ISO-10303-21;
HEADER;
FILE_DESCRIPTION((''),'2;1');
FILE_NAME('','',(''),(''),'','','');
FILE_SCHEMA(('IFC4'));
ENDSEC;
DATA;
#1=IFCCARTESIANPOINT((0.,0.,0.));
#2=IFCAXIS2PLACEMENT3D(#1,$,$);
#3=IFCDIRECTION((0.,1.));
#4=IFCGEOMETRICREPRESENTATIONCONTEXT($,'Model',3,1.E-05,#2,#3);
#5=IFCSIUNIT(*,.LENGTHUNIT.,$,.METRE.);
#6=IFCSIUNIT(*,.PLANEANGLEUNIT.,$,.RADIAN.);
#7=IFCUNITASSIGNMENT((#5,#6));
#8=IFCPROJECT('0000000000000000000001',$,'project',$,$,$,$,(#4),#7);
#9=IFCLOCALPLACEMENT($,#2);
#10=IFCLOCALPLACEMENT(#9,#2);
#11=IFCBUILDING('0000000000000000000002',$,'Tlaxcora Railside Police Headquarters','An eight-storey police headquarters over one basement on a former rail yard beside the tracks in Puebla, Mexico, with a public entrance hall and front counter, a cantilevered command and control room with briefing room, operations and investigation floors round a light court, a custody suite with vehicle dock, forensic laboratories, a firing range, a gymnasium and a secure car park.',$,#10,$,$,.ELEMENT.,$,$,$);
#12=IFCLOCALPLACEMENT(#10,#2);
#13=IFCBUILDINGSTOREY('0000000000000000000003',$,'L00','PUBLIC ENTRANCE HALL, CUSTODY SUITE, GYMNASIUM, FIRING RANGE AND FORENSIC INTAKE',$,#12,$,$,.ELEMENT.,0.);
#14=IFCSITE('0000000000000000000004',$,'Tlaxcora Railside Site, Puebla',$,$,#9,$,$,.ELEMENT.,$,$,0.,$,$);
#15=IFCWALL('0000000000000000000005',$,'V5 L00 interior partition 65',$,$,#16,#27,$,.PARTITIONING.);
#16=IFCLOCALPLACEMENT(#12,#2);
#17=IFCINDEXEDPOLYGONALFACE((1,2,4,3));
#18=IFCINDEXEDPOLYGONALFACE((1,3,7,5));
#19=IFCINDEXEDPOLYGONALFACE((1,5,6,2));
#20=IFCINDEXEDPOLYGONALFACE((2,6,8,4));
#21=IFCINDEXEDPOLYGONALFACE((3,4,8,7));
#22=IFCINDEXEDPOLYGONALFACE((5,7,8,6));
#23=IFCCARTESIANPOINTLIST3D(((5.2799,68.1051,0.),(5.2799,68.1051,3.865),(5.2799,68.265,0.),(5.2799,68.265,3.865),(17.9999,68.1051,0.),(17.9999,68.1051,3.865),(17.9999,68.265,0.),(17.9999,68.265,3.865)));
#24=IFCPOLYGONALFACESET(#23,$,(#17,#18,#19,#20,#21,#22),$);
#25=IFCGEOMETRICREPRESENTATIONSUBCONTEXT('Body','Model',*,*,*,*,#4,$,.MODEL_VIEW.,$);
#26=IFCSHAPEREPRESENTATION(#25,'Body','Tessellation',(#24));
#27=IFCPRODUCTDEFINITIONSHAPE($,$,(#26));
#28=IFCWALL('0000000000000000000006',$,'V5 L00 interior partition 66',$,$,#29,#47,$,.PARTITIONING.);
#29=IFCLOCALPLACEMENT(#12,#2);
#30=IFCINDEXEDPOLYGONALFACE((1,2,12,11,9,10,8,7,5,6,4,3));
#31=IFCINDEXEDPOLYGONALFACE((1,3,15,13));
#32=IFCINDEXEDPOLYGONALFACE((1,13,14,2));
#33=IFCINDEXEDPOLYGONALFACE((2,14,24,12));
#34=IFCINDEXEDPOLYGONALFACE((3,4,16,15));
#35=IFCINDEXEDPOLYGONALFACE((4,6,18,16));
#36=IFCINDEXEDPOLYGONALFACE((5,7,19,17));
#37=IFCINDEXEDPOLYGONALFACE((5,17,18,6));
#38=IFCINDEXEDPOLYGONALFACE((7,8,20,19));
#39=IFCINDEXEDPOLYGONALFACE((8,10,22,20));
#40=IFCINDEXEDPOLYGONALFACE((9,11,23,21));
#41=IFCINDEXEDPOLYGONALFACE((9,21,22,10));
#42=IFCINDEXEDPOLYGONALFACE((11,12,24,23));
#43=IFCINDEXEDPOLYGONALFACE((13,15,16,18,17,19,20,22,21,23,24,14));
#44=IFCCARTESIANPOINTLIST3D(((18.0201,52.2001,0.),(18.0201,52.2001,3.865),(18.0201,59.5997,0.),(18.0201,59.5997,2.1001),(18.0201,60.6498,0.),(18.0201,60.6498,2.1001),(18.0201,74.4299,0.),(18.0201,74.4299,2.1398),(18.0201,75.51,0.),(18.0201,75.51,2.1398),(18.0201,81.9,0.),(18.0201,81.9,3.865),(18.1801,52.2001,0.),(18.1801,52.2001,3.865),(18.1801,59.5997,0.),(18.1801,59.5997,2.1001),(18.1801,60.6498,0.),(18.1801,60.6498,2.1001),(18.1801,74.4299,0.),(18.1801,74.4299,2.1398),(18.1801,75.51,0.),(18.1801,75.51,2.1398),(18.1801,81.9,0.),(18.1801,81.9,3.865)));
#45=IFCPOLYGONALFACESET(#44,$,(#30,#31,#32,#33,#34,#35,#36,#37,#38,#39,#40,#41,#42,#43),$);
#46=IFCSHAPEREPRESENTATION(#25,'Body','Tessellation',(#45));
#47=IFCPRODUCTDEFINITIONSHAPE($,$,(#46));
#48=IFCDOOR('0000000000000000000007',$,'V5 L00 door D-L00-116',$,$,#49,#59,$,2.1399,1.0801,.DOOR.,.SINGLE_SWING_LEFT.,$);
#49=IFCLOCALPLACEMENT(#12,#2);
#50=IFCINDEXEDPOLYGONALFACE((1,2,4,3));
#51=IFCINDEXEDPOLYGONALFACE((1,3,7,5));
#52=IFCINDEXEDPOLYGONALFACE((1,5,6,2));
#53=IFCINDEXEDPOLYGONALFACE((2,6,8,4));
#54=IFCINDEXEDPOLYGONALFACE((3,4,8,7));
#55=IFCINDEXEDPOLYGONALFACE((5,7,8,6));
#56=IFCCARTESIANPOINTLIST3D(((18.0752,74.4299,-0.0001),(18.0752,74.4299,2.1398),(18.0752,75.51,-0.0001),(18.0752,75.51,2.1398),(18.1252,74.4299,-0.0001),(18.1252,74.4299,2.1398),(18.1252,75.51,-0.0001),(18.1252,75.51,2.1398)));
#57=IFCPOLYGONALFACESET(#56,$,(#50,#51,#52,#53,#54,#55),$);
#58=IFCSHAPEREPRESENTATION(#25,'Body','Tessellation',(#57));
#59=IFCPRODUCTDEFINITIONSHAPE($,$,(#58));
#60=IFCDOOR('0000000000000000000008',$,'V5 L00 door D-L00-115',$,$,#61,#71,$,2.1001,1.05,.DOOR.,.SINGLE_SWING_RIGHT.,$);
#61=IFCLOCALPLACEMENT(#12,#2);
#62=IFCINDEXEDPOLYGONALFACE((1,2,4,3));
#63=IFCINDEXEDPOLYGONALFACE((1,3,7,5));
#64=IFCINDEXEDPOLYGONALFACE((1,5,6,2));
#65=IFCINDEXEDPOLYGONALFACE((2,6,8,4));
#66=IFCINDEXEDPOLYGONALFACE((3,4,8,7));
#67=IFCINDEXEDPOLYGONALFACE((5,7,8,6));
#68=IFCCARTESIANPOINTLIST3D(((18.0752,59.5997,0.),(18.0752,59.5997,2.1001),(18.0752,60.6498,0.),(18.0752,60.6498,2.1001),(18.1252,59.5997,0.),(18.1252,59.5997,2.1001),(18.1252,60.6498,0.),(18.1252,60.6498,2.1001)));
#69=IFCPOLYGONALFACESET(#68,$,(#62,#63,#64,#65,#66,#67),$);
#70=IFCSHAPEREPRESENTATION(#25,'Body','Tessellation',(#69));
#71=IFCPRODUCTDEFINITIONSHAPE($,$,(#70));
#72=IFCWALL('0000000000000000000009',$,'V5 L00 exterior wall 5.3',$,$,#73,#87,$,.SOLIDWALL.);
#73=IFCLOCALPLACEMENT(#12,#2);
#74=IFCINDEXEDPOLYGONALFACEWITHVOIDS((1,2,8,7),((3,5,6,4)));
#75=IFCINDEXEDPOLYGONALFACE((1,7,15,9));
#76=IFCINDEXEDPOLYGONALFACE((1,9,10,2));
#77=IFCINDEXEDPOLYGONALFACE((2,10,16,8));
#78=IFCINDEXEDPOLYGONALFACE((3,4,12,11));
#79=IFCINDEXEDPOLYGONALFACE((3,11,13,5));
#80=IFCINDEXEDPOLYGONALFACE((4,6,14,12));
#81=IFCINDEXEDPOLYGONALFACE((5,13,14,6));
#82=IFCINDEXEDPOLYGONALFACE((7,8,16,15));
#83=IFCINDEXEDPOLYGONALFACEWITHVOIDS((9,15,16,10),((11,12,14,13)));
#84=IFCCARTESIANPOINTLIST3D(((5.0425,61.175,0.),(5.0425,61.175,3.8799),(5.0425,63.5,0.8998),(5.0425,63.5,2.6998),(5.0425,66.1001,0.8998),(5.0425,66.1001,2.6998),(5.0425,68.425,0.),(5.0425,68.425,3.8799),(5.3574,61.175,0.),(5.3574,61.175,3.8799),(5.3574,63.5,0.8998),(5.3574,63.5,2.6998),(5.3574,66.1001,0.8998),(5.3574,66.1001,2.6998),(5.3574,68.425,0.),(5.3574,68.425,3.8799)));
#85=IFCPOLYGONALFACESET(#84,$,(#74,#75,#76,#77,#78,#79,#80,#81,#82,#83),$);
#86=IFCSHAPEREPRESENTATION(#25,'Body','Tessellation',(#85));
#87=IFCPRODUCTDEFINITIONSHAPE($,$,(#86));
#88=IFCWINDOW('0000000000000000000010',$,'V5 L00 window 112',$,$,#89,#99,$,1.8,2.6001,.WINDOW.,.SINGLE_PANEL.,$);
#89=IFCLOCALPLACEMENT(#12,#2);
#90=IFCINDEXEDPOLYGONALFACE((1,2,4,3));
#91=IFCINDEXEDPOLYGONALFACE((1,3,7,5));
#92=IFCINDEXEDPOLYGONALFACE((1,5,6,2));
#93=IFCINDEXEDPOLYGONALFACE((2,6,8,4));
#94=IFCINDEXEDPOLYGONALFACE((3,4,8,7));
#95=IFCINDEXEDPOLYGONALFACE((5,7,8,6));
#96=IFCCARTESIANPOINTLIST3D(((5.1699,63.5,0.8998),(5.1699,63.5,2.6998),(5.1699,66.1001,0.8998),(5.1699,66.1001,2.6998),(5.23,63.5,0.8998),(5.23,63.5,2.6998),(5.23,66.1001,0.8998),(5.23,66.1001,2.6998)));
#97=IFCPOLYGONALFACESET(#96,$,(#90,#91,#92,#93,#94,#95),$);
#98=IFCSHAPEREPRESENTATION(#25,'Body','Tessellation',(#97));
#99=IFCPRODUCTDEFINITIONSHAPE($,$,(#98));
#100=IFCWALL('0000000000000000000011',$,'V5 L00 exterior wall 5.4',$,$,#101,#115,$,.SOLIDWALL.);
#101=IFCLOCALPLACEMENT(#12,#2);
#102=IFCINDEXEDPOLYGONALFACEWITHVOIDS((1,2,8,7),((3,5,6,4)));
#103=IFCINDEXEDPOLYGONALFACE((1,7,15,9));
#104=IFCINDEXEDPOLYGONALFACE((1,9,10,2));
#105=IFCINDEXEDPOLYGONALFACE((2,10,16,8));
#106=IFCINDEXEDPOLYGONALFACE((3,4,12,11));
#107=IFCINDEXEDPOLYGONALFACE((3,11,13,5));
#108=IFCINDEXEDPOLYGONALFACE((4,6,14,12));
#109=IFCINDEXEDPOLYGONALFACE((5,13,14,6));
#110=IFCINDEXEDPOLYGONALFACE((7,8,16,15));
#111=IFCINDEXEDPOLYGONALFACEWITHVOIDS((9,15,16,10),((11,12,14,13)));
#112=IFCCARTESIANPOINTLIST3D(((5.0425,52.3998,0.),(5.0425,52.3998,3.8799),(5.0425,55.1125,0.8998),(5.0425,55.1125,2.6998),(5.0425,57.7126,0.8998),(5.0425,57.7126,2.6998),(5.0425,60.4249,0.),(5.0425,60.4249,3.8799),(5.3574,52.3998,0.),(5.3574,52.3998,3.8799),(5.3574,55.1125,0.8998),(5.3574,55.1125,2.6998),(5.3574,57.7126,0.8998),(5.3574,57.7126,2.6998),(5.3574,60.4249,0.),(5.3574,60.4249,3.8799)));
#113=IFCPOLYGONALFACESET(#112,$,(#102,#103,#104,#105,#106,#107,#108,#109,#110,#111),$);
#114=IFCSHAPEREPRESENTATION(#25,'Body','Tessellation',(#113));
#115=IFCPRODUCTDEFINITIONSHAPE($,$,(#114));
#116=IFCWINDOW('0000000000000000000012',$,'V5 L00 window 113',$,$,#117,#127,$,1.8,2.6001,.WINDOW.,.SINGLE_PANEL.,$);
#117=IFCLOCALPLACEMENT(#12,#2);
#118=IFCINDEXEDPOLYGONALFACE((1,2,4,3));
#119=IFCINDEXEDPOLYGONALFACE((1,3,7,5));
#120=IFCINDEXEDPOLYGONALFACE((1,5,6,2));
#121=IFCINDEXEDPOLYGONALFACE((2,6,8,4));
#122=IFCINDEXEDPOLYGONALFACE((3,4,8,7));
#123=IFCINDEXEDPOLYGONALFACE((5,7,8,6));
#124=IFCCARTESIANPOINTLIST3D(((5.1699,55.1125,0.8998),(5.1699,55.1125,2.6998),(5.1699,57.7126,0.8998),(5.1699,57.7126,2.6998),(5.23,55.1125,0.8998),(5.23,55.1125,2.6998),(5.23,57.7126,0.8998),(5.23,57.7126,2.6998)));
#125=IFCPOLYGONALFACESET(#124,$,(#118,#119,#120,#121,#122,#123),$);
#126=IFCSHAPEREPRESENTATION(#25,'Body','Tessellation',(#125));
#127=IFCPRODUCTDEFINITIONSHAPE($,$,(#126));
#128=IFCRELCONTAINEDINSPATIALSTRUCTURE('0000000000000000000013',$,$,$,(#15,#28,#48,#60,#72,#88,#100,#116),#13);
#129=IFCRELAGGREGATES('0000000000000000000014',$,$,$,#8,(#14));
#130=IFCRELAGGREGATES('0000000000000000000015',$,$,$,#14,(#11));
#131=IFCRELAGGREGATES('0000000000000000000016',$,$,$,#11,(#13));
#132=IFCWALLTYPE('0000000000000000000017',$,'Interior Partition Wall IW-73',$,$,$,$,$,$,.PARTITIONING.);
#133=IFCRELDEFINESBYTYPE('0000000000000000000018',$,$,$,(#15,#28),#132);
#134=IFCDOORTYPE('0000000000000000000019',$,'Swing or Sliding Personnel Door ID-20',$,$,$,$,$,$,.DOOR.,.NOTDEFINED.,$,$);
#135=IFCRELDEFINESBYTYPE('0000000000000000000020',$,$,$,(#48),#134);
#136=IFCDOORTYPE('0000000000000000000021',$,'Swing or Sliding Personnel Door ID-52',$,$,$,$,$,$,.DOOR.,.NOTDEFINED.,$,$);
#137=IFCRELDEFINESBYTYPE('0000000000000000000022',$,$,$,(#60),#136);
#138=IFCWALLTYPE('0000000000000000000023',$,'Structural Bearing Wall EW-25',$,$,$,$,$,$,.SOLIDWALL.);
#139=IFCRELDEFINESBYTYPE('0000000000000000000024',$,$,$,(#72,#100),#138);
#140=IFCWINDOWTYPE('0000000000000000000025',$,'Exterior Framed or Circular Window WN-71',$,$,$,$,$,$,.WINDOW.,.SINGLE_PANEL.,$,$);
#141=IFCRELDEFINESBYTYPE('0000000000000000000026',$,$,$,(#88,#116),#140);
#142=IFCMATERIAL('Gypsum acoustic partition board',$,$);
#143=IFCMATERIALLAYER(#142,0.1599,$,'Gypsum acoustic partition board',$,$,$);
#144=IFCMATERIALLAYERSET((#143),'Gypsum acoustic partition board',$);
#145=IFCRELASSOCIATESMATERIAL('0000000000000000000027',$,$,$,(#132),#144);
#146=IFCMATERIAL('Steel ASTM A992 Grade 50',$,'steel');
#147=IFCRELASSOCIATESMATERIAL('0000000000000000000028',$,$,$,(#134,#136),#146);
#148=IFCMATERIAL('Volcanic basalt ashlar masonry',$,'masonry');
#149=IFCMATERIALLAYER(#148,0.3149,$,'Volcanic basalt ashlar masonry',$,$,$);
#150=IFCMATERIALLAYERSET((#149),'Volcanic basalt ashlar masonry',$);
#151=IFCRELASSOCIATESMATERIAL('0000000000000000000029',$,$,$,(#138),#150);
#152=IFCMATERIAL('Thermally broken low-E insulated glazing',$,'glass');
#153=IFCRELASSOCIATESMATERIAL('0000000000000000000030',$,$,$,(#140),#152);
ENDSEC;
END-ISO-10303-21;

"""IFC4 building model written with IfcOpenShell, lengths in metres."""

from ifc_helpers import new_model, si_unit, direction, frame, frame_2d, origin, place, context, subcontext, project, spatial, rectangle, extrude, material, layer, layer_set, type_object, element, fill, save


model = new_model("IFC4")

# Units and contexts
model_context = context("Model", 3, precision=1e-05, world=origin(), true_north=direction((0.0, 1.0)))
body_context = subcontext(model_context, "Body", "Model", "MODEL_VIEW")
ifc_project = project(units=[si_unit("LENGTHUNIT", "METRE"), si_unit("PLANEANGLEUNIT", "RADIAN")], contexts=[model_context])

# Site, building, storey
site_placement = place(None, origin())
site = spatial("IfcSite", under=ifc_project, at=site_placement, Name="Tlaxcora Railside Site, Puebla", CompositionType="ELEMENT", RefElevation=0.0)
building_placement = place(site_placement, origin())
building = spatial("IfcBuilding", under=site, at=building_placement, Name="Tlaxcora Railside Police Headquarters", Description="An eight-storey police headquarters over one basement on a former rail yard beside the tracks in Puebla, Mexico, with a public entrance hall and front counter, a cantilevered command and control room with briefing room, operations and investigation floors round a light court, a custody suite with vehicle dock, forensic laboratories, a firing range, a gymnasium and a secure car park.", CompositionType="ELEMENT")
storey_placement = place(building_placement, origin())
storey = spatial("IfcBuildingStorey", under=building, at=storey_placement, Name="L00", Description="PUBLIC ENTRANCE HALL, CUSTODY SUITE, GYMNASIUM, FIRING RANGE AND FORENSIC INTAKE", CompositionType="ELEMENT", Elevation=0.0)

# Shared definitions
ifc_material_1 = material(Name="Steel ASTM A992 Grade 50", Category="steel")

# Wall
ifc_material_2 = material(Name="Gypsum acoustic partition board")
ifc_layer_1 = layer(ifc_material_2, 0.1599, Name="Gypsum acoustic partition board")
ifc_layer_set_1 = layer_set([ifc_layer_1], Name="Gypsum acoustic partition board")
wall_type_1 = type_object("IfcWallType", Name="Interior Partition Wall IW-73", PredefinedType="PARTITIONING", material=ifc_layer_set_1)
wall_1_placement = place(storey_placement, frame((5.28, 68.1851, 0.0), z_axis=(0.0, 0.0, 1.0), x_axis=(1.0, 0.0, 0.0)))
element("IfcWall", 1, at=wall_1_placement, inside=storey, type_object=wall_type_1, Name="V5 L00 interior partition 65", PredefinedType="PARTITIONING", context=body_context, shape_type="SweptSolid", body=[
    extrude(rectangle(XDim=12.72, YDim=0.1599, at=frame_2d((6.3599, 0.0))), origin(), (0.0, 0.0, 1.0), 3.865),
])

# Wall, openings, doors
wall_2_placement = place(storey_placement, frame((18.1001, 52.2, 0.0), z_axis=(0.0, 0.0, 1.0), x_axis=(0.0, 1.0, 0.0)))
wall_2 = element("IfcWall", 2, at=wall_2_placement, inside=storey, type_object=wall_type_1, Name="V5 L00 interior partition 66", PredefinedType="PARTITIONING", context=body_context, shape_type="SweptSolid", body=[
    extrude(rectangle(XDim=29.7, YDim=0.1599, at=frame_2d((14.8501, 0.0))), origin(), (0.0, 0.0, 1.0), 3.865),
])
opening_1_placement = place(wall_2_placement, frame((7.3999, 0.0, 0.0)))
opening_1 = element("IfcOpeningElement", 3, at=opening_1_placement, cuts=wall_2, PredefinedType="OPENING", context=body_context, shape_type="SweptSolid", body=[
    extrude(rectangle(XDim=1.05, YDim=2.1001, at=frame_2d((0.5249, 1.05))), frame((0.0, 0.0898, 0.0), z_axis=(0.0, -1.0, 0.0), x_axis=(1.0, 0.0, 0.0)), (0.0, 0.0, 1.0), 0.1799),
])
opening_2_placement = place(wall_2_placement, frame((22.23, 0.0, 0.0)))
opening_2 = element("IfcOpeningElement", 4, at=opening_2_placement, cuts=wall_2, PredefinedType="OPENING", context=body_context, shape_type="SweptSolid", body=[
    extrude(rectangle(XDim=1.0801, YDim=2.1399, at=frame_2d((0.54, 1.0698))), frame((0.0, 0.0898, 0.0), z_axis=(0.0, -1.0, 0.0), x_axis=(1.0, 0.0, 0.0)), (0.0, 0.0, 1.0), 0.1799),
])
door_type_1 = type_object("IfcDoorType", Name="Swing or Sliding Personnel Door ID-20", OperationType="NOTDEFINED", PredefinedType="DOOR", material=ifc_material_1)
door_1_placement = place(opening_2_placement, origin())
door_1 = element("IfcDoor", 5, at=door_1_placement, inside=storey, type_object=door_type_1, Name="V5 L00 door D-L00-116", OperationType="SINGLE_SWING_LEFT", OverallHeight=2.1399, OverallWidth=1.0801, PredefinedType="DOOR", context=body_context, shape_type="SweptSolid", body=[
    extrude(rectangle(XDim=1.0801, YDim=2.1399, at=frame_2d((0.54, 1.0698))), frame((0.0, 0.0249, 0.0), z_axis=(0.0, -1.0, 0.0), x_axis=(1.0, 0.0, 0.0)), (0.0, 0.0, 1.0), 0.05),
])
fill(opening_2, door_1)
door_type_2 = type_object("IfcDoorType", Name="Swing or Sliding Personnel Door ID-52", OperationType="NOTDEFINED", PredefinedType="DOOR", material=ifc_material_1)
door_2_placement = place(opening_1_placement, origin())
door_2 = element("IfcDoor", 6, at=door_2_placement, inside=storey, type_object=door_type_2, Name="V5 L00 door D-L00-115", OperationType="SINGLE_SWING_RIGHT", OverallHeight=2.1001, OverallWidth=1.05, PredefinedType="DOOR", context=body_context, shape_type="SweptSolid", body=[
    extrude(rectangle(XDim=1.05, YDim=2.1001, at=frame_2d((0.5249, 1.05))), frame((0.0, 0.0249, 0.0), z_axis=(0.0, -1.0, 0.0), x_axis=(1.0, 0.0, 0.0)), (0.0, 0.0, 1.0), 0.05),
])
fill(opening_1, door_2)

# Walls, openings, windows
ifc_material_3 = material(Name="Volcanic basalt ashlar masonry", Category="masonry")
ifc_layer_2 = layer(ifc_material_3, 0.3149, Name="Volcanic basalt ashlar masonry")
ifc_layer_set_2 = layer_set([ifc_layer_2], Name="Volcanic basalt ashlar masonry")
wall_type_2 = type_object("IfcWallType", Name="Structural Bearing Wall EW-25", PredefinedType="SOLIDWALL", material=ifc_layer_set_2)
wall_3_placement = place(storey_placement, frame((5.2, 68.425, 0.0), z_axis=(0.0, 0.0, 1.0), x_axis=(0.0, -1.0, 0.0)))
wall_3 = element("IfcWall", 7, at=wall_3_placement, inside=storey, type_object=wall_type_2, Name="V5 L00 exterior wall 5.3", PredefinedType="SOLIDWALL", context=body_context, shape_type="SweptSolid", body=[
    extrude(rectangle(XDim=7.25, YDim=0.3149, at=frame_2d((3.625, 0.0))), origin(), (0.0, 0.0, 1.0), 3.8799),
])
opening_3_placement = place(wall_3_placement, frame((2.325, 0.0, 0.8999)))
opening_3 = element("IfcOpeningElement", 8, at=opening_3_placement, cuts=wall_3, PredefinedType="OPENING", context=body_context, shape_type="SweptSolid", body=[
    extrude(rectangle(XDim=2.6001, YDim=1.8, at=frame_2d((1.3, 0.8999))), frame((0.0, 0.1675, 0.0), z_axis=(0.0, -1.0, 0.0), x_axis=(1.0, 0.0, 0.0)), (0.0, 0.0, 1.0), 0.335),
])
ifc_material_4 = material(Name="Thermally broken low-E insulated glazing", Category="glass")
window_type = type_object("IfcWindowType", Name="Exterior Framed or Circular Window WN-71", PartitioningType="SINGLE_PANEL", PredefinedType="WINDOW", material=ifc_material_4)
window_1_placement = place(opening_3_placement, origin())
window_1 = element("IfcWindow", 9, at=window_1_placement, inside=storey, type_object=window_type, Name="V5 L00 window 112", OverallHeight=1.8, OverallWidth=2.6001, PartitioningType="SINGLE_PANEL", PredefinedType="WINDOW", context=body_context, shape_type="SweptSolid", body=[
    extrude(rectangle(XDim=2.6001, YDim=1.8, at=frame_2d((1.3, 0.8999))), frame((0.0, 0.03, 0.0), z_axis=(0.0, -1.0, 0.0), x_axis=(1.0, 0.0, 0.0)), (0.0, 0.0, 1.0), 0.0601),
])
fill(opening_3, window_1)
wall_4_placement = place(storey_placement, frame((5.2, 60.425, 0.0), z_axis=(0.0, 0.0, 1.0), x_axis=(0.0, -1.0, 0.0)))
wall_4 = element("IfcWall", 10, at=wall_4_placement, inside=storey, type_object=wall_type_2, Name="V5 L00 exterior wall 5.4", PredefinedType="SOLIDWALL", context=body_context, shape_type="SweptSolid", body=[
    extrude(rectangle(XDim=8.0251, YDim=0.3149, at=frame_2d((4.0127, 0.0))), origin(), (0.0, 0.0, 1.0), 3.8799),
])
opening_4_placement = place(wall_4_placement, frame((2.7124, 0.0, 0.8999)))
opening_4 = element("IfcOpeningElement", 11, at=opening_4_placement, cuts=wall_4, PredefinedType="OPENING", context=body_context, shape_type="SweptSolid", body=[
    extrude(rectangle(XDim=2.6001, YDim=1.8, at=frame_2d((1.3, 0.8999))), frame((0.0, 0.1675, 0.0), z_axis=(0.0, -1.0, 0.0), x_axis=(1.0, 0.0, 0.0)), (0.0, 0.0, 1.0), 0.335),
])
window_2_placement = place(opening_4_placement, origin())
window_2 = element("IfcWindow", 12, at=window_2_placement, inside=storey, type_object=window_type, Name="V5 L00 window 113", OverallHeight=1.8, OverallWidth=2.6001, PartitioningType="SINGLE_PANEL", PredefinedType="WINDOW", context=body_context, shape_type="SweptSolid", body=[
    extrude(rectangle(XDim=2.6001, YDim=1.8, at=frame_2d((1.3, 0.8999))), frame((0.0, 0.03, 0.0), z_axis=(0.0, -1.0, 0.0), x_axis=(1.0, 0.0, 0.0)), (0.0, 0.0, 1.0), 0.0601),
])
fill(opening_4, window_2)

save(model, "model.ifc")
